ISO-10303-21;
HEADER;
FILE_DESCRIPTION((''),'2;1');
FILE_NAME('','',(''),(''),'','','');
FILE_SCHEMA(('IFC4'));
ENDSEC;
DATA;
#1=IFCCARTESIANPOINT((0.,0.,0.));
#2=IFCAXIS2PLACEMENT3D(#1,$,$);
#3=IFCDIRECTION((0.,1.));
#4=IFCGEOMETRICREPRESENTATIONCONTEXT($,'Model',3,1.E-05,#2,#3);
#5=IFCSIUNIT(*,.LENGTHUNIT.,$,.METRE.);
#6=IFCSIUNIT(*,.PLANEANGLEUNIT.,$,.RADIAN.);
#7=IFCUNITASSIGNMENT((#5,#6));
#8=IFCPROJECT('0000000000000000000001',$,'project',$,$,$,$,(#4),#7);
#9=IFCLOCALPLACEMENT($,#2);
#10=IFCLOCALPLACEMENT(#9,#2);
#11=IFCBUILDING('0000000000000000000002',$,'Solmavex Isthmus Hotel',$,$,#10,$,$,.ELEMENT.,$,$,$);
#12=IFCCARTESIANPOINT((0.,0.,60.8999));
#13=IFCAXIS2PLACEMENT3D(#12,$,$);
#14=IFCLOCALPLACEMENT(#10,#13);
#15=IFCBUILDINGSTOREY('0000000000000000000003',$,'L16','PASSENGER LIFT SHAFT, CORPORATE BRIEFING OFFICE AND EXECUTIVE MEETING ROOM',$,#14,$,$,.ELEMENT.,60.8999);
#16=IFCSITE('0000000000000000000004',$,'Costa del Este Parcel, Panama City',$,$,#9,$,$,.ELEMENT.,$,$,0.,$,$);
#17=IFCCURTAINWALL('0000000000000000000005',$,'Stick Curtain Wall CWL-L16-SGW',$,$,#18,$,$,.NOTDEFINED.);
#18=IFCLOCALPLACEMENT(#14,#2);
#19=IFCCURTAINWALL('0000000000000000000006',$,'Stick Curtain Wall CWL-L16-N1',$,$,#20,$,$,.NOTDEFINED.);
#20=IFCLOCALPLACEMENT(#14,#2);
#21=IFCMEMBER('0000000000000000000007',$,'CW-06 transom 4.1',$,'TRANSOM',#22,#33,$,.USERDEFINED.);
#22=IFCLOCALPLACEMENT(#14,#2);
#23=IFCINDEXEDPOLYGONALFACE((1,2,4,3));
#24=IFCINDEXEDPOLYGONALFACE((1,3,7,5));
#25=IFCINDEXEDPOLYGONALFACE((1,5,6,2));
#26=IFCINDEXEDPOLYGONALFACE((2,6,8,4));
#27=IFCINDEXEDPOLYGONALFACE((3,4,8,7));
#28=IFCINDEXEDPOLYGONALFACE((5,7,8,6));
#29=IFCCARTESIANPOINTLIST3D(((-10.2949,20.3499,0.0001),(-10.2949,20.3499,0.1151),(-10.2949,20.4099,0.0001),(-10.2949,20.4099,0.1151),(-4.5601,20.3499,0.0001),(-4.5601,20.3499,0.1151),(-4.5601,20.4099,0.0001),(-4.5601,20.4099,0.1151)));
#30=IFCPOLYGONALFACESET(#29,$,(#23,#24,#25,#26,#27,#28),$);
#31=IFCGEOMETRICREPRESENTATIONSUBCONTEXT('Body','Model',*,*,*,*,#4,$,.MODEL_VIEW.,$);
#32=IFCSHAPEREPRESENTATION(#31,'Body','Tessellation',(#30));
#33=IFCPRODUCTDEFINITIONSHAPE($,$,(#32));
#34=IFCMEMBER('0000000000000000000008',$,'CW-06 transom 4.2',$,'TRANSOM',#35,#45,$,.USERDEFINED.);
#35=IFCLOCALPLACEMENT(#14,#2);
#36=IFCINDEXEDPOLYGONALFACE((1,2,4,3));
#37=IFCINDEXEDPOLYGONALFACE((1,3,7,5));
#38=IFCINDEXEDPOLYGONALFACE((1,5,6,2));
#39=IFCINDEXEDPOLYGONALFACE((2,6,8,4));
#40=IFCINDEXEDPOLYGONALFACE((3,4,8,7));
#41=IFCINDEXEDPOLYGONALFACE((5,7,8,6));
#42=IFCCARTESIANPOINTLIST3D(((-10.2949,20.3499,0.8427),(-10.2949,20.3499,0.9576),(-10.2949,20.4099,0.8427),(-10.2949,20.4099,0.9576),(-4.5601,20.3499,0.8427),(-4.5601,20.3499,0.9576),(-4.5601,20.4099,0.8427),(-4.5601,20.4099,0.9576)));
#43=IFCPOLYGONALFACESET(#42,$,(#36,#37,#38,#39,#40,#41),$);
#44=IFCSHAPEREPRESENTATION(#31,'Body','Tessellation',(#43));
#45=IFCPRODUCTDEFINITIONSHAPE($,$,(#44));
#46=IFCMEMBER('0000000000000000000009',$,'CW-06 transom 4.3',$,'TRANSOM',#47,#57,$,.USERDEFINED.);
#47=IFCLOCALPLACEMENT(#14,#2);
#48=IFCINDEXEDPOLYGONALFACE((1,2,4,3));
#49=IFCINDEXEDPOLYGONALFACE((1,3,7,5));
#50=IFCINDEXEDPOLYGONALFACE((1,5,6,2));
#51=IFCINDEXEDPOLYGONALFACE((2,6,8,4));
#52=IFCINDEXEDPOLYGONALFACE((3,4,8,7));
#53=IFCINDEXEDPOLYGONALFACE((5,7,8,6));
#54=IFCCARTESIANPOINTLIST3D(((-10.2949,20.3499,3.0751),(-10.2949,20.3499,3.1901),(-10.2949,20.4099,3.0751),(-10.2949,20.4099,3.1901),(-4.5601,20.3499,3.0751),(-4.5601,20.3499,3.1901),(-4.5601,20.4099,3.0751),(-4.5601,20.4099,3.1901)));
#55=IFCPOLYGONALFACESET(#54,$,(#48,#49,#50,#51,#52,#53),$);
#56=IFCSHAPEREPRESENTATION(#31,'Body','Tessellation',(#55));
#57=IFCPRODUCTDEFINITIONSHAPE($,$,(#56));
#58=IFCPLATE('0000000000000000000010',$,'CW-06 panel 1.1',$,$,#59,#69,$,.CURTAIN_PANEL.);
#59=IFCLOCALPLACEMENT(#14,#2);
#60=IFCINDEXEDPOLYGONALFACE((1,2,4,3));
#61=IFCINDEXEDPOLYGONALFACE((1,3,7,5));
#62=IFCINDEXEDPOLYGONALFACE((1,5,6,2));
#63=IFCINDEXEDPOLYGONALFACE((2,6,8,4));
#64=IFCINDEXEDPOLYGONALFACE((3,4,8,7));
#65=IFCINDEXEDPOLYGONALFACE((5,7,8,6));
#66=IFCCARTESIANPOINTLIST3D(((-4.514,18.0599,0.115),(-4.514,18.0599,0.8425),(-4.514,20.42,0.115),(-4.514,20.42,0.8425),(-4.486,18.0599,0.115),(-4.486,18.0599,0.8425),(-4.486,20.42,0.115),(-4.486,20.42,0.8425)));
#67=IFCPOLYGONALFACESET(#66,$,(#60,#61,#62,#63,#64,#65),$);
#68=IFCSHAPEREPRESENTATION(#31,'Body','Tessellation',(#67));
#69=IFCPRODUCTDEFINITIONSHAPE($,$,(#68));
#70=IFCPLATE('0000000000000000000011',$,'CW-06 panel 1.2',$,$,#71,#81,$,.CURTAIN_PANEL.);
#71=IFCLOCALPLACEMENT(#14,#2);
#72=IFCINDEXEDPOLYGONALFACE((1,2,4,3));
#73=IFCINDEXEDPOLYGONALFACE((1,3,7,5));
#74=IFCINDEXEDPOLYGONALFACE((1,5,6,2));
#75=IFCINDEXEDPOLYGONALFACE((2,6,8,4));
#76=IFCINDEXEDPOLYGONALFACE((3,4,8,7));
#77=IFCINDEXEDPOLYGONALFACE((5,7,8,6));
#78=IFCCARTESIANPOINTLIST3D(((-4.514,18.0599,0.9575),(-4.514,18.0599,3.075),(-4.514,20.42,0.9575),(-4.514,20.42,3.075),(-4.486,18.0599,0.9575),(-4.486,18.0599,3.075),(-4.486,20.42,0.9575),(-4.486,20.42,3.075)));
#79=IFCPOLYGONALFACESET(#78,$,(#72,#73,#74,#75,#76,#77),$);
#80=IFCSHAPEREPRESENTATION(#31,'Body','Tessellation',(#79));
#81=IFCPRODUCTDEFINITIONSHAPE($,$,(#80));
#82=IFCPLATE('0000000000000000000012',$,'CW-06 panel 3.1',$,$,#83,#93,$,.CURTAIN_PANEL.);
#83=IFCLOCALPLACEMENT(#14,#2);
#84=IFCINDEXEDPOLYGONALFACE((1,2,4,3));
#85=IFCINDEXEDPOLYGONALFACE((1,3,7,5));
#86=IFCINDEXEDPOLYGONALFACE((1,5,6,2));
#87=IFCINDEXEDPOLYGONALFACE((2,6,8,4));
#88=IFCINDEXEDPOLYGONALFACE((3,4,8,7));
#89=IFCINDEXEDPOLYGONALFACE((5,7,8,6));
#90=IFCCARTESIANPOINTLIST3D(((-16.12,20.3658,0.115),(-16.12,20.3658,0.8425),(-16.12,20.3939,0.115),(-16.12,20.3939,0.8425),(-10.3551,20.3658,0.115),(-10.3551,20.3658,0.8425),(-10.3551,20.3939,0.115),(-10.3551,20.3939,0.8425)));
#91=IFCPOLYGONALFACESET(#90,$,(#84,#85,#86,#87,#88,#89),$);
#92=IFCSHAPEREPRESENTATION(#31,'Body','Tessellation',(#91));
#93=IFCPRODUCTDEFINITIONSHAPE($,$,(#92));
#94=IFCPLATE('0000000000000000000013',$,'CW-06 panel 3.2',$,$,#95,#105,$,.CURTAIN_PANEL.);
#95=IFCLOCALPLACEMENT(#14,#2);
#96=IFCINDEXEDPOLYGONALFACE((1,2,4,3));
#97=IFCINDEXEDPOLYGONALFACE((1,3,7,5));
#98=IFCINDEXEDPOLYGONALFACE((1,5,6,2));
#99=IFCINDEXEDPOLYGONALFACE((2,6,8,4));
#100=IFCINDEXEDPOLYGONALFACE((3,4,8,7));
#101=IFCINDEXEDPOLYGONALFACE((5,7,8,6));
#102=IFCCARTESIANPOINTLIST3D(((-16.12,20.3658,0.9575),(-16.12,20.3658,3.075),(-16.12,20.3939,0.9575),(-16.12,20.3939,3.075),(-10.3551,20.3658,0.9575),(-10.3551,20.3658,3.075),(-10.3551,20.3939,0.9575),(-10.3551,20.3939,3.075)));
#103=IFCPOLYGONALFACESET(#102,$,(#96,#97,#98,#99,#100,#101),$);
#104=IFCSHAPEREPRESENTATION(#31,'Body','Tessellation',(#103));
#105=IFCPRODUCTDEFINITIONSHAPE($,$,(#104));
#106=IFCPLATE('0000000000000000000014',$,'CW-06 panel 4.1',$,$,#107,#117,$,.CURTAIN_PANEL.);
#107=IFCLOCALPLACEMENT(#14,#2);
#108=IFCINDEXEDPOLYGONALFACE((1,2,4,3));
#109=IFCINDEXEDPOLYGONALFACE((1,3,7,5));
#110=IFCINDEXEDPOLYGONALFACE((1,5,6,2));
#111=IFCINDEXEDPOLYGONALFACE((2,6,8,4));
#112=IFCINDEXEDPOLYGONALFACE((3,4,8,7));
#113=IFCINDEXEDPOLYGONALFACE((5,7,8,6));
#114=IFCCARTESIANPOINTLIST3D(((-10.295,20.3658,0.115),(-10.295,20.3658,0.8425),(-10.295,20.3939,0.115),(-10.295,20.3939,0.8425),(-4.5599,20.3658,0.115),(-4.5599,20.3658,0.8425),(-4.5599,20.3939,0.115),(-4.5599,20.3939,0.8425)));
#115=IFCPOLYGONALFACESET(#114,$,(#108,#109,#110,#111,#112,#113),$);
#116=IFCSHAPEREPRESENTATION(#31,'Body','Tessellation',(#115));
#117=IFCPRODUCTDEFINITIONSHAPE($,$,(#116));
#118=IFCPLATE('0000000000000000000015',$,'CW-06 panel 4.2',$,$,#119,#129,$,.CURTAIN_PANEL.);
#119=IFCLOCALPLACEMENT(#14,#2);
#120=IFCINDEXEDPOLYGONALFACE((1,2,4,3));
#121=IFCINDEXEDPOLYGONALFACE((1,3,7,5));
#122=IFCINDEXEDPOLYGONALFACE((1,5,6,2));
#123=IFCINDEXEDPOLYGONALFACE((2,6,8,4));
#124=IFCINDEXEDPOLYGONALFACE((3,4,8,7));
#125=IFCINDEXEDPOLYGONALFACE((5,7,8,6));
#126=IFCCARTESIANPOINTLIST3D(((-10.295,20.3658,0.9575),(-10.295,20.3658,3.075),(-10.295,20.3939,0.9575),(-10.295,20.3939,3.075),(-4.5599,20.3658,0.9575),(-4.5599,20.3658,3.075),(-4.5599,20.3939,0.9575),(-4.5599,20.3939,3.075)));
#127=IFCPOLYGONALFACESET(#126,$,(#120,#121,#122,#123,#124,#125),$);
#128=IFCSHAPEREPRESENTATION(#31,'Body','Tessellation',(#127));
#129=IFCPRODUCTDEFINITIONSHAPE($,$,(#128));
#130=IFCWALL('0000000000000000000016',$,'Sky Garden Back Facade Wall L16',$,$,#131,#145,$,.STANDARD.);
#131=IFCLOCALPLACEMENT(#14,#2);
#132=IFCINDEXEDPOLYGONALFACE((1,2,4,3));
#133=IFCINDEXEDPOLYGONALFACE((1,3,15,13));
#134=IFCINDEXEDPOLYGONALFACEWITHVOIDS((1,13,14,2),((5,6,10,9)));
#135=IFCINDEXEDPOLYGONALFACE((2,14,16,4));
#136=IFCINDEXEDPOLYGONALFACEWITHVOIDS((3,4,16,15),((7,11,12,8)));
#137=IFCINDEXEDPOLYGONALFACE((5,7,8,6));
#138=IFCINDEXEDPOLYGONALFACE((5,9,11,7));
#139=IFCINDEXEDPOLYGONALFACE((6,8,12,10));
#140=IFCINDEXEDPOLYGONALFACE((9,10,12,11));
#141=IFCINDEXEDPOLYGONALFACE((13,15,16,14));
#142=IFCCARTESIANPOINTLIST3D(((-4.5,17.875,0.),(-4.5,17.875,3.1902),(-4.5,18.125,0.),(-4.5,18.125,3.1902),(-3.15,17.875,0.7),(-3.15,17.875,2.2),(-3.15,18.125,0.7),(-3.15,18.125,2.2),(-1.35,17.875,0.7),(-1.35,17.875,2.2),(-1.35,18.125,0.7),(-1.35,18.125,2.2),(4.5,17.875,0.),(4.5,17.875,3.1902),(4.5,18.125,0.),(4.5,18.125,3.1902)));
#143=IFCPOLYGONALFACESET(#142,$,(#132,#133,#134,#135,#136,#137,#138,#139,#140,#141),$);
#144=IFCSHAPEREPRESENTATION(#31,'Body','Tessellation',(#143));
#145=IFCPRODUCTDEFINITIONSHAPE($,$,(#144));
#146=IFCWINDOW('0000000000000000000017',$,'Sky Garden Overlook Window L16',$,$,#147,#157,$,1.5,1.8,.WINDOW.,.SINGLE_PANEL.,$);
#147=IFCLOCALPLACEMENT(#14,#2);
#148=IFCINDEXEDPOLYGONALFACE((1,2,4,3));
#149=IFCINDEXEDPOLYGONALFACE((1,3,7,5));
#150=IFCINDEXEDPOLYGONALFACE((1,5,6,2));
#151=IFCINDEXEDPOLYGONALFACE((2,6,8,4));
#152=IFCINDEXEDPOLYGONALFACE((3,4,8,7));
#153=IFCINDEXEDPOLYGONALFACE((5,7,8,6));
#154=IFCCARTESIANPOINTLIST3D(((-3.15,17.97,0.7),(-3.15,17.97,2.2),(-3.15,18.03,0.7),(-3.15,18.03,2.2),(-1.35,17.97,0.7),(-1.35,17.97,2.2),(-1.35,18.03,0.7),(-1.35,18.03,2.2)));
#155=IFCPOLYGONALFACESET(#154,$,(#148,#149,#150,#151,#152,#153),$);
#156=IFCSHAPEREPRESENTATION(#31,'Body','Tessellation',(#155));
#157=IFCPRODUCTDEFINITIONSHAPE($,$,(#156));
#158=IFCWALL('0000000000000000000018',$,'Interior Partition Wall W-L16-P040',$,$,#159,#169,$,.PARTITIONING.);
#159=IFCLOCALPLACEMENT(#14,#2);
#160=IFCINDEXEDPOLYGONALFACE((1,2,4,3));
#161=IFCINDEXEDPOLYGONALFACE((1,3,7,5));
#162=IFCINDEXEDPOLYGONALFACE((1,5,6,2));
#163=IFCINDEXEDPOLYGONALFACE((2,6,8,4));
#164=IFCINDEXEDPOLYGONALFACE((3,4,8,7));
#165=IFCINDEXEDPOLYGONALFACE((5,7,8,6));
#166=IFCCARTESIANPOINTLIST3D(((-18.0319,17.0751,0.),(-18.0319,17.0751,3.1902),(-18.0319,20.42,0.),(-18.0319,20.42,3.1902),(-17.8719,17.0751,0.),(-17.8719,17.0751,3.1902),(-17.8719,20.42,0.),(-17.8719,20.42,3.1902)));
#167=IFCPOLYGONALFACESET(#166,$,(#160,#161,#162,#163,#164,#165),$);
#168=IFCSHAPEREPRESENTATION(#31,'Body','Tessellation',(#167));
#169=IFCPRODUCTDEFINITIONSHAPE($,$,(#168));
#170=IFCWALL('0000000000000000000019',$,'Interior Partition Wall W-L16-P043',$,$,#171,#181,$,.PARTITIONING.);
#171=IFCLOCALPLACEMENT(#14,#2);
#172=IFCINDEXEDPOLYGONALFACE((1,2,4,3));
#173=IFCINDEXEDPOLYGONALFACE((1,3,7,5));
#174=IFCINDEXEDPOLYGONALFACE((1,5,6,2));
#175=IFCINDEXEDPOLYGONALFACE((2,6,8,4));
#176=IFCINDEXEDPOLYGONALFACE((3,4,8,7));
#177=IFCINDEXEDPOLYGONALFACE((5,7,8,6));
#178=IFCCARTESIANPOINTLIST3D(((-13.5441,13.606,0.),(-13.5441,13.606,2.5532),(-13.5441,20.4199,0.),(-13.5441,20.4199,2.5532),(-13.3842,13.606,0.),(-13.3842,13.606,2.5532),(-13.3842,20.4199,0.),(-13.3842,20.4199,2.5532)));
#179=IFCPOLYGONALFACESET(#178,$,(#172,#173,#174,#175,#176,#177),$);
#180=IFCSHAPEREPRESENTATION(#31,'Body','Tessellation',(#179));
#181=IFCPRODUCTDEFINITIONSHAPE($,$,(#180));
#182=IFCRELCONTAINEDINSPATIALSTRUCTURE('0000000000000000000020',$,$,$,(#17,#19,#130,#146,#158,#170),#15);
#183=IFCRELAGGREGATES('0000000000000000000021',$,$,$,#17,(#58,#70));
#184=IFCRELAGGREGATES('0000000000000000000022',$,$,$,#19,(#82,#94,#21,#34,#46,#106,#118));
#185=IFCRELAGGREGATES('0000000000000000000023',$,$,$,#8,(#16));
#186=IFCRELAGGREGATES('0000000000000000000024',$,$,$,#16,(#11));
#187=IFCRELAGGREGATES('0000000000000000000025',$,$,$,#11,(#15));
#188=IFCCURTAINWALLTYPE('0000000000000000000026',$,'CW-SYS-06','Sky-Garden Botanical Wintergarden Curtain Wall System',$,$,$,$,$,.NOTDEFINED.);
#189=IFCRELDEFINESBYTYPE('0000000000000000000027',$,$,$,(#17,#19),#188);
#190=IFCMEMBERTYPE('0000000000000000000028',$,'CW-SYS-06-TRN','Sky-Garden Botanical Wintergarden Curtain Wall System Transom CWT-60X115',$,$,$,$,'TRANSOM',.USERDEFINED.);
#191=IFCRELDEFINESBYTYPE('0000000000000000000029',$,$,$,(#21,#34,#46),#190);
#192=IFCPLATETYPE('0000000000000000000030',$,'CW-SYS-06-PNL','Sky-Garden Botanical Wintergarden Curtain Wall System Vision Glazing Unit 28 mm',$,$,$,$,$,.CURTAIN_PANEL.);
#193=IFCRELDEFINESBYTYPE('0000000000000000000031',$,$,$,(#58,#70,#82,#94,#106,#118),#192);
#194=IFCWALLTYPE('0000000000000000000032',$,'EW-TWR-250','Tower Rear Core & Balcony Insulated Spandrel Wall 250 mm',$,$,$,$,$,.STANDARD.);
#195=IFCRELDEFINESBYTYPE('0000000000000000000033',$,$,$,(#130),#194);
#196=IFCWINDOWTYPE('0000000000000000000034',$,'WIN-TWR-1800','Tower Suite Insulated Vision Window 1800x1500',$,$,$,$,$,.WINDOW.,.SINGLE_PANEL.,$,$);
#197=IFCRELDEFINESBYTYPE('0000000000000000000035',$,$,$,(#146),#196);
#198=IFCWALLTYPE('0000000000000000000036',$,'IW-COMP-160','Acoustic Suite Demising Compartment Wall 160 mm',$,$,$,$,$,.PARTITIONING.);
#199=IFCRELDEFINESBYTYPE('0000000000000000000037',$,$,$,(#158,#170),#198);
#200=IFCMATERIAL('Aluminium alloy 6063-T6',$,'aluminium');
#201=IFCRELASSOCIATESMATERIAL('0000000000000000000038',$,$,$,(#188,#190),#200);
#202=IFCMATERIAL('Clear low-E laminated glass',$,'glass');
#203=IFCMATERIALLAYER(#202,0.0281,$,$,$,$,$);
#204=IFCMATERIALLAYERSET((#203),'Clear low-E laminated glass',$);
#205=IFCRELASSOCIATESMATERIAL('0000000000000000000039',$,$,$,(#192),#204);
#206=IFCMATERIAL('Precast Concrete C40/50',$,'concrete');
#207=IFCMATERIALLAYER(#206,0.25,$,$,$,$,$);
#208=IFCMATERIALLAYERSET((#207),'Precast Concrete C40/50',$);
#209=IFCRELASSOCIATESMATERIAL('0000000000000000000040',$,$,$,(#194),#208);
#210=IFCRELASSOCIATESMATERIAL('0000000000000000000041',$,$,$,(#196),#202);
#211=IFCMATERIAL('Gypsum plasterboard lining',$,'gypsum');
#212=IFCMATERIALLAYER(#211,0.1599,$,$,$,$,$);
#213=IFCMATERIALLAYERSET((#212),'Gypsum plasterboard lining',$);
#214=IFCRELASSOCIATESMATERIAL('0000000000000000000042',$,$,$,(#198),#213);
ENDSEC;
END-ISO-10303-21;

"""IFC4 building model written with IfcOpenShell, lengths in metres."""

from ifc_helpers import new_model, si_unit, direction, frame, frame_2d, origin, origin_2d, place, context, subcontext, project, spatial, rectangle, extrude, material, layer, layer_set, material_profile, profile_set, type_object, element, fill, aggregate, save


model = new_model("IFC4")

# Units and contexts
model_context = context("Model", 3, precision=1e-05, world=origin(), true_north=direction((0.0, 1.0)))
body_context = subcontext(model_context, "Body", "Model", "MODEL_VIEW")
ifc_project = project(units=[si_unit("LENGTHUNIT", "METRE"), si_unit("PLANEANGLEUNIT", "RADIAN")], contexts=[model_context])

# Site, building, storey
site_placement = place(None, origin())
site = spatial("IfcSite", under=ifc_project, at=site_placement, Name="Costa del Este Parcel, Panama City", CompositionType="ELEMENT", RefElevation=0.0)
building_placement = place(site_placement, origin())
building = spatial("IfcBuilding", under=site, at=building_placement, Name="Solmavex Isthmus Hotel", CompositionType="ELEMENT")
storey_placement = place(building_placement, frame((0.0, 0.0, 60.8999)))
storey = spatial("IfcBuildingStorey", under=building, at=storey_placement, Name="L16", Description="PASSENGER LIFT SHAFT, CORPORATE BRIEFING OFFICE AND EXECUTIVE MEETING ROOM", CompositionType="ELEMENT", Elevation=60.8999)

# Curtain walls
ifc_material_1 = material(Name="Aluminium alloy 6063-T6", Category="aluminium")
curtain_wall_type = type_object("IfcCurtainWallType", Name="CW-SYS-06", Description="Sky-Garden Botanical Wintergarden Curtain Wall System", PredefinedType="NOTDEFINED", material=ifc_material_1)
curtain_wall_1_placement = place(storey_placement, origin())
curtain_wall_1 = element("IfcCurtainWall", 1, at=curtain_wall_1_placement, inside=storey, type_object=curtain_wall_type, Name="Stick Curtain Wall CWL-L16-SGW", PredefinedType="NOTDEFINED")
curtain_wall_2_placement = place(storey_placement, origin())
curtain_wall_2 = element("IfcCurtainWall", 2, at=curtain_wall_2_placement, inside=storey, type_object=curtain_wall_type, Name="Stick Curtain Wall CWL-L16-N1", PredefinedType="NOTDEFINED")

# Members
ifc_material_profile_1 = material_profile(ifc_material_1, rectangle(XDim=0.0601, YDim=0.115, at=origin_2d()), Name="CWT-60X115")
ifc_profile_set_1 = profile_set([ifc_material_profile_1], Name="Aluminium alloy 6063-T6")
member_type_1 = type_object("IfcMemberType", Name="CW-SYS-06-TRN", Description="Sky-Garden Botanical Wintergarden Curtain Wall System Transom CWT-60X115", ElementType="TRANSOM", PredefinedType="USERDEFINED", material=ifc_profile_set_1)
member_1_placement = place(storey_placement, frame((-10.2949, 20.3799, 0.0576), z_axis=(1.0, 0.0, 0.0), x_axis=(0.0, 1.0, 0.0)))
member_1 = element("IfcMember", 3, at=member_1_placement, type_object=member_type_1, Name="CW-06 transom 4.1", ObjectType="TRANSOM", PredefinedType="USERDEFINED", context=body_context, shape_type="SweptSolid", body=[
    extrude(rectangle(XDim=0.0601, YDim=0.115, at=origin_2d()), origin(), (0.0, 0.0, 1.0), 5.7349),
])
member_2_placement = place(storey_placement, frame((-10.2949, 20.3799, 0.9001), z_axis=(1.0, 0.0, 0.0), x_axis=(0.0, 1.0, 0.0)))
member_2 = element("IfcMember", 4, at=member_2_placement, type_object=member_type_1, Name="CW-06 transom 4.2", ObjectType="TRANSOM", PredefinedType="USERDEFINED", context=body_context, shape_type="SweptSolid", body=[
    extrude(rectangle(XDim=0.0601, YDim=0.115, at=origin_2d()), origin(), (0.0, 0.0, 1.0), 5.7349),
])
member_3_placement = place(storey_placement, frame((-10.2949, 20.3799, 3.1326), z_axis=(1.0, 0.0, 0.0), x_axis=(0.0, 1.0, 0.0)))
member_3 = element("IfcMember", 5, at=member_3_placement, type_object=member_type_1, Name="CW-06 transom 4.3", ObjectType="TRANSOM", PredefinedType="USERDEFINED", context=body_context, shape_type="SweptSolid", body=[
    extrude(rectangle(XDim=0.0601, YDim=0.115, at=origin_2d()), origin(), (0.0, 0.0, 1.0), 5.7349),
])

# Plates
ifc_material_2 = material(Name="Clear low-E laminated glass", Category="glass")
ifc_layer_1 = layer(ifc_material_2, 0.0281)
ifc_layer_set_1 = layer_set([ifc_layer_1], Name="Clear low-E laminated glass")
plate_type = type_object("IfcPlateType", Name="CW-SYS-06-PNL", Description="Sky-Garden Botanical Wintergarden Curtain Wall System Vision Glazing Unit 28 mm", PredefinedType="CURTAIN_PANEL", material=ifc_layer_set_1)
plate_1_placement = place(storey_placement, frame((-4.5, 19.24, 0.115), z_axis=(0.0, 0.0, 1.0), x_axis=(0.0, 1.0, 0.0)))
plate_1 = element("IfcPlate", 6, at=plate_1_placement, type_object=plate_type, Name="CW-06 panel 1.1", PredefinedType="CURTAIN_PANEL", context=body_context, shape_type="SweptSolid", body=[
    extrude(rectangle(XDim=2.3601, YDim=0.0281, at=origin_2d()), origin(), (0.0, 0.0, 1.0), 0.7275),
])
plate_2_placement = place(storey_placement, frame((-4.5, 19.24, 0.9575), z_axis=(0.0, 0.0, 1.0), x_axis=(0.0, 1.0, 0.0)))
plate_2 = element("IfcPlate", 7, at=plate_2_placement, type_object=plate_type, Name="CW-06 panel 1.2", PredefinedType="CURTAIN_PANEL", context=body_context, shape_type="SweptSolid", body=[
    extrude(rectangle(XDim=2.3601, YDim=0.0281, at=origin_2d()), origin(), (0.0, 0.0, 1.0), 2.1174),
])
aggregate(curtain_wall_1, [plate_1, plate_2])
plate_3_placement = place(storey_placement, frame((-13.2375, 20.3799, 0.115), z_axis=(0.0, 0.0, 1.0), x_axis=(1.0, 0.0, 0.0)))
plate_3 = element("IfcPlate", 8, at=plate_3_placement, type_object=plate_type, Name="CW-06 panel 3.1", PredefinedType="CURTAIN_PANEL", context=body_context, shape_type="SweptSolid", body=[
    extrude(rectangle(XDim=5.7649, YDim=0.0281, at=origin_2d()), origin(), (0.0, 0.0, 1.0), 0.7275),
])
plate_4_placement = place(storey_placement, frame((-13.2375, 20.3799, 0.9575), z_axis=(0.0, 0.0, 1.0), x_axis=(1.0, 0.0, 0.0)))
plate_4 = element("IfcPlate", 9, at=plate_4_placement, type_object=plate_type, Name="CW-06 panel 3.2", PredefinedType="CURTAIN_PANEL", context=body_context, shape_type="SweptSolid", body=[
    extrude(rectangle(XDim=5.7649, YDim=0.0281, at=origin_2d()), origin(), (0.0, 0.0, 1.0), 2.1174),
])
plate_5_placement = place(storey_placement, frame((-7.4275, 20.3799, 0.115), z_axis=(0.0, 0.0, 1.0), x_axis=(1.0, 0.0, 0.0)))
plate_5 = element("IfcPlate", 10, at=plate_5_placement, type_object=plate_type, Name="CW-06 panel 4.1", PredefinedType="CURTAIN_PANEL", context=body_context, shape_type="SweptSolid", body=[
    extrude(rectangle(XDim=5.7351, YDim=0.0281, at=origin_2d()), origin(), (0.0, 0.0, 1.0), 0.7275),
])
plate_6_placement = place(storey_placement, frame((-7.4275, 20.3799, 0.9575), z_axis=(0.0, 0.0, 1.0), x_axis=(1.0, 0.0, 0.0)))
plate_6 = element("IfcPlate", 11, at=plate_6_placement, type_object=plate_type, Name="CW-06 panel 4.2", PredefinedType="CURTAIN_PANEL", context=body_context, shape_type="SweptSolid", body=[
    extrude(rectangle(XDim=5.7351, YDim=0.0281, at=origin_2d()), origin(), (0.0, 0.0, 1.0), 2.1174),
])
aggregate(curtain_wall_2, [plate_3, plate_4, member_1, member_2, member_3, plate_5, plate_6])

# Wall, opening, window
ifc_material_3 = material(Name="Precast Concrete C40/50", Category="concrete")
ifc_layer_2 = layer(ifc_material_3, 0.25)
ifc_layer_set_2 = layer_set([ifc_layer_2], Name="Precast Concrete C40/50")
wall_type_1 = type_object("IfcWallType", Name="EW-TWR-250", Description="Tower Rear Core & Balcony Insulated Spandrel Wall 250 mm", PredefinedType="STANDARD", material=ifc_layer_set_2)
wall_1_placement = place(storey_placement, frame((-4.5, 18.0, 0.0), z_axis=(0.0, 0.0, 1.0), x_axis=(1.0, 0.0, 0.0)))
wall_1 = element("IfcWall", 12, at=wall_1_placement, inside=storey, type_object=wall_type_1, Name="Sky Garden Back Facade Wall L16", PredefinedType="STANDARD", context=body_context, shape_type="SweptSolid", body=[
    extrude(rectangle(XDim=9.0, YDim=0.25, at=frame_2d((4.5, 0.0))), origin(), (0.0, 0.0, 1.0), 3.1902),
])
opening_placement = place(wall_1_placement, frame((1.3501, 0.0, 0.7)))
opening = element("IfcOpeningElement", 13, at=opening_placement, cuts=wall_1, PredefinedType="OPENING", context=body_context, shape_type="SweptSolid", body=[
    extrude(rectangle(XDim=1.8, YDim=1.5, at=frame_2d((0.8999, 0.75))), frame((0.0, 0.135, 0.0), z_axis=(0.0, -1.0, 0.0), x_axis=(1.0, 0.0, 0.0)), (0.0, 0.0, 1.0), 0.27),
])
window_type = type_object("IfcWindowType", Name="WIN-TWR-1800", Description="Tower Suite Insulated Vision Window 1800x1500", PartitioningType="SINGLE_PANEL", PredefinedType="WINDOW", material=ifc_material_2)
window_placement = place(opening_placement, origin())
window = element("IfcWindow", 14, at=window_placement, inside=storey, type_object=window_type, Name="Sky Garden Overlook Window L16", OverallHeight=1.5, OverallWidth=1.8, PartitioningType="SINGLE_PANEL", PredefinedType="WINDOW", context=body_context, shape_type="SweptSolid", body=[
    extrude(rectangle(XDim=1.8, YDim=1.5, at=frame_2d((0.8999, 0.75))), frame((0.0, 0.03, 0.0), z_axis=(0.0, -1.0, 0.0), x_axis=(1.0, 0.0, 0.0)), (0.0, 0.0, 1.0), 0.0601),
])
fill(opening, window)

# Walls
ifc_material_4 = material(Name="Gypsum plasterboard lining", Category="gypsum")
ifc_layer_3 = layer(ifc_material_4, 0.1599)
ifc_layer_set_3 = layer_set([ifc_layer_3], Name="Gypsum plasterboard lining")
wall_type_2 = type_object("IfcWallType", Name="IW-COMP-160", Description="Acoustic Suite Demising Compartment Wall 160 mm", PredefinedType="PARTITIONING", material=ifc_layer_set_3)
wall_2_placement = place(storey_placement, frame((-17.9519, 20.4199, 0.0), z_axis=(0.0, 0.0, 1.0), x_axis=(0.0, -1.0, 0.0)))
element("IfcWall", 15, at=wall_2_placement, inside=storey, type_object=wall_type_2, Name="Interior Partition Wall W-L16-P040", PredefinedType="PARTITIONING", context=body_context, shape_type="SweptSolid", body=[
    extrude(rectangle(XDim=3.345, YDim=0.1599, at=frame_2d((1.6724, 0.0))), origin(), (0.0, 0.0, 1.0), 3.1902),
])
wall_3_placement = place(storey_placement, frame((-13.4641, 20.4199, 0.0), z_axis=(0.0, 0.0, 1.0), x_axis=(0.0, -1.0, 0.0)))
element("IfcWall", 16, at=wall_3_placement, inside=storey, type_object=wall_type_2, Name="Interior Partition Wall W-L16-P043", PredefinedType="PARTITIONING", context=body_context, shape_type="SweptSolid", body=[
    extrude(rectangle(XDim=6.814, YDim=0.1599, at=frame_2d((3.407, 0.0))), origin(), (0.0, 0.0, 1.0), 2.5532),
])

save(model, "model.ifc")
